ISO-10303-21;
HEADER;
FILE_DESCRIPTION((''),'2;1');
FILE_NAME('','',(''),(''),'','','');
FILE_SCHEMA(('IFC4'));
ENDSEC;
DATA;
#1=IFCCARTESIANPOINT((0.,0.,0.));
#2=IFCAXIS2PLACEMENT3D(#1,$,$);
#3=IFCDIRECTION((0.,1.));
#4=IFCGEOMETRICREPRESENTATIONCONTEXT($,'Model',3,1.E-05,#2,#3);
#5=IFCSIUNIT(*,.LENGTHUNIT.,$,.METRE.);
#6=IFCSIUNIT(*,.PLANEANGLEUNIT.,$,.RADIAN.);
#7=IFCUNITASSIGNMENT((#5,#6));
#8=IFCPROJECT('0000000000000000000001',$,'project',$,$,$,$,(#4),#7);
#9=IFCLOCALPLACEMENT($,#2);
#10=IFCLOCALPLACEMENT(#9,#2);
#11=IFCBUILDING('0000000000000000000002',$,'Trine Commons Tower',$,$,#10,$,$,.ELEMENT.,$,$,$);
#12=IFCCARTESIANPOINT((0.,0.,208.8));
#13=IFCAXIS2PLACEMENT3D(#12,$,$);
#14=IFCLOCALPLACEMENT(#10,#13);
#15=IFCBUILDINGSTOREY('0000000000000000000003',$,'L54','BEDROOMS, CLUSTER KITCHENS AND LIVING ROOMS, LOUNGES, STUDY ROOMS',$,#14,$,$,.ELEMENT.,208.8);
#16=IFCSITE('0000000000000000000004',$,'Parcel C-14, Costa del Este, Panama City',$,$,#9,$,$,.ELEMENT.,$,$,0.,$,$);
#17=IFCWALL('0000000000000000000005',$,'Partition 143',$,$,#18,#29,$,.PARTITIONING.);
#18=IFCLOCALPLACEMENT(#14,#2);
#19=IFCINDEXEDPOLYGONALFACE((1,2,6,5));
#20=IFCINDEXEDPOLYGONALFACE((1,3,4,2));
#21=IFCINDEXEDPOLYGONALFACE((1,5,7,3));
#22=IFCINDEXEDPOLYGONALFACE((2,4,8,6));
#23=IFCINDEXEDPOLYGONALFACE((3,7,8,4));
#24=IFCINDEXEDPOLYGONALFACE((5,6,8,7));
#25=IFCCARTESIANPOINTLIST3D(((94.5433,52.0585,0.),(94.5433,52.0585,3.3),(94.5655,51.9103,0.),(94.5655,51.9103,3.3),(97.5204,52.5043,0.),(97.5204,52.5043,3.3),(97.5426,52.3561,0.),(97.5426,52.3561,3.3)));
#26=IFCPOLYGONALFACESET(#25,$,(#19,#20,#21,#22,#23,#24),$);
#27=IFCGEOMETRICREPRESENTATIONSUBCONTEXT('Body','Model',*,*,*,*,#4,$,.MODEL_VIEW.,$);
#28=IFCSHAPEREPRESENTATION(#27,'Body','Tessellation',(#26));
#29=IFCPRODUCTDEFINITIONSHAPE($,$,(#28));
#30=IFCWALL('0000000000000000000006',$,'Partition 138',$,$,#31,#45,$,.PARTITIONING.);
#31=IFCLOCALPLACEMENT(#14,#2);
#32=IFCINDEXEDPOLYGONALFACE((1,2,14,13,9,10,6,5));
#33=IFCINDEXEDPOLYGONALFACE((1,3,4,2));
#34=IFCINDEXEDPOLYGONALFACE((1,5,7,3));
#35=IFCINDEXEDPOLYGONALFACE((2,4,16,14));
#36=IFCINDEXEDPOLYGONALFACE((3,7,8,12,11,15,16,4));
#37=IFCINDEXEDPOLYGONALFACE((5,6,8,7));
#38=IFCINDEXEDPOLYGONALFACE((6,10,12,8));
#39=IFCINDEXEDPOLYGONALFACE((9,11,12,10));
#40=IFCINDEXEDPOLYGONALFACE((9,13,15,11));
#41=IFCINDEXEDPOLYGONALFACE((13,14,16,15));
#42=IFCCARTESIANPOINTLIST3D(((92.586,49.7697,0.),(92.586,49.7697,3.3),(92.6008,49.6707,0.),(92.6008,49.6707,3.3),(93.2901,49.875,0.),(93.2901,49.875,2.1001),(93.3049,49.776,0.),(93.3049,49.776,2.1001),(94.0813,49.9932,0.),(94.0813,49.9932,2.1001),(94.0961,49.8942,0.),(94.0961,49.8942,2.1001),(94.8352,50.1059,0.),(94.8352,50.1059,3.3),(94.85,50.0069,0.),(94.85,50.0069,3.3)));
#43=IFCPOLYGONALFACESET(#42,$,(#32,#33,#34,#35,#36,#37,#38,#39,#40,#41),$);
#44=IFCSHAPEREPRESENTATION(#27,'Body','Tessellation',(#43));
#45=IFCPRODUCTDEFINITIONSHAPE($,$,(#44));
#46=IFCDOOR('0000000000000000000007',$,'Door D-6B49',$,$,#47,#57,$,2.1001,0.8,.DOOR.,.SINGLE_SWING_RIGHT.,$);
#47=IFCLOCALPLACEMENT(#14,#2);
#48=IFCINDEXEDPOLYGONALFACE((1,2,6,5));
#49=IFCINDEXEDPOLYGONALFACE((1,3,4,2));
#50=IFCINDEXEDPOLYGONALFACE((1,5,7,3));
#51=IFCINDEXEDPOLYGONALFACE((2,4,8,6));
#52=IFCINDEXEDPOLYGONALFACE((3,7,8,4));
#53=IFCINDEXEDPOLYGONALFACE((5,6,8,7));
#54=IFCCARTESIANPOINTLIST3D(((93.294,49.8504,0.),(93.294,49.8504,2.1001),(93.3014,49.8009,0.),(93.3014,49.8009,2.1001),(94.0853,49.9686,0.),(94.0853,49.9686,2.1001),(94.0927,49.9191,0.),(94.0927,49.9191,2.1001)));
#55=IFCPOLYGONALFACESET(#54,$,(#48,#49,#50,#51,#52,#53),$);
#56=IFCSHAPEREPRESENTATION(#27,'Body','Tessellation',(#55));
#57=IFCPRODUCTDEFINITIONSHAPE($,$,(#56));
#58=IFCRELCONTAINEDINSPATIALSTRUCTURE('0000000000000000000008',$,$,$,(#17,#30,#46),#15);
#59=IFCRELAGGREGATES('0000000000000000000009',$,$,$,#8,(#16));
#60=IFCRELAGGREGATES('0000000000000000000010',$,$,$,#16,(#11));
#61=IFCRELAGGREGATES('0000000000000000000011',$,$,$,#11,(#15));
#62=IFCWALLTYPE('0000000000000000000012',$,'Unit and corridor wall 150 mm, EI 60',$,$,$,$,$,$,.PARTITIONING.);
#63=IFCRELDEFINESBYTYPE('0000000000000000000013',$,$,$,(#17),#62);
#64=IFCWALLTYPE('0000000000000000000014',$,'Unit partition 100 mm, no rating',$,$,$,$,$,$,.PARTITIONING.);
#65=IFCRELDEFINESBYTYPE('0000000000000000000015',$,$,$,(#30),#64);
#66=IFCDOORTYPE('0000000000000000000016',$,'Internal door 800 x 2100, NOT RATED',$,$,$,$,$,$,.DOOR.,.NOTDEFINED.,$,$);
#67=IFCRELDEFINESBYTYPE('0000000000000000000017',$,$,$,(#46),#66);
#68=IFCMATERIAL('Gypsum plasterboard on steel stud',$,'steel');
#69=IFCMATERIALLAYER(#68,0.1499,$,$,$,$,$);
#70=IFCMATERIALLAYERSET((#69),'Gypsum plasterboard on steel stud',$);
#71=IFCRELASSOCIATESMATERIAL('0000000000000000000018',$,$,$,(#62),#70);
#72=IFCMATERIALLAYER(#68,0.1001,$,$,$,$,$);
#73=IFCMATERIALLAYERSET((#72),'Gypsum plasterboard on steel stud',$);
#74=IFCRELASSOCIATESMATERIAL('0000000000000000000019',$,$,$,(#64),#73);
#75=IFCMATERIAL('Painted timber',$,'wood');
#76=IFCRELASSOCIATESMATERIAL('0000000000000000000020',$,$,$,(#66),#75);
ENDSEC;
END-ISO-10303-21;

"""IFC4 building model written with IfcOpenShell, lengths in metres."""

from ifc_helpers import new_model, si_unit, direction, frame, frame_2d, origin, place, context, subcontext, project, spatial, rectangle, extrude, material, layer, layer_set, type_object, element, fill, save


model = new_model("IFC4")

# Units and contexts
model_context = context("Model", 3, precision=1e-05, world=origin(), true_north=direction((0.0, 1.0)))
body_context = subcontext(model_context, "Body", "Model", "MODEL_VIEW")
ifc_project = project(units=[si_unit("LENGTHUNIT", "METRE"), si_unit("PLANEANGLEUNIT", "RADIAN")], contexts=[model_context])

# Site, building, storey
site_placement = place(None, origin())
site = spatial("IfcSite", under=ifc_project, at=site_placement, Name="Parcel C-14, Costa del Este, Panama City", CompositionType="ELEMENT", RefElevation=0.0)
building_placement = place(site_placement, origin())
building = spatial("IfcBuilding", under=site, at=building_placement, Name="Trine Commons Tower", CompositionType="ELEMENT")
storey_placement = place(building_placement, frame((0.0, 0.0, 208.8)))
storey = spatial("IfcBuildingStorey", under=building, at=storey_placement, Name="L54", Description="BEDROOMS, CLUSTER KITCHENS AND LIVING ROOMS, LOUNGES, STUDY ROOMS", CompositionType="ELEMENT", Elevation=208.8)

# Shared definitions
ifc_material_1 = material(Name="Gypsum plasterboard on steel stud", Category="steel")
ifc_layer_1 = layer(ifc_material_1, 0.1499)
ifc_layer_set_1 = layer_set([ifc_layer_1], Name="Gypsum plasterboard on steel stud")
wall_type_1 = type_object("IfcWallType", Name="Unit and corridor wall 150 mm, EI 60", PredefinedType="PARTITIONING", material=ifc_layer_set_1)

# Wall
wall_1_placement = place(storey_placement, frame((94.5544, 51.9844, 0.0), z_axis=(0.0, 0.0, 1.0), x_axis=(0.988973, 0.148095, 0.0)))
element("IfcWall", 1, at=wall_1_placement, inside=storey, type_object=wall_type_1, Name="Partition 143", PredefinedType="PARTITIONING", context=body_context, shape_type="SweptSolid", body=[
    extrude(rectangle(XDim=3.0103, YDim=0.1499, at=frame_2d((1.5051, 0.0))), origin(), (0.0, 0.0, 1.0), 3.3),
])

# Wall, opening, door
ifc_layer_2 = layer(ifc_material_1, 0.1001)
ifc_layer_set_2 = layer_set([ifc_layer_2], Name="Gypsum plasterboard on steel stud")
wall_type_2 = type_object("IfcWallType", Name="Unit partition 100 mm, no rating", PredefinedType="PARTITIONING", material=ifc_layer_set_2)
wall_2_placement = place(storey_placement, frame((92.5933, 49.7202, 0.0), z_axis=(0.0, 0.0, 1.0), x_axis=(0.989014, 0.147821, 0.0)))
wall_2 = element("IfcWall", 2, at=wall_2_placement, inside=storey, type_object=wall_type_2, Name="Partition 138", PredefinedType="PARTITIONING", context=body_context, shape_type="SweptSolid", body=[
    extrude(rectangle(XDim=2.2742, YDim=0.1001, at=frame_2d((1.1372, 0.0))), origin(), (0.0, 0.0, 1.0), 3.3),
])
opening_1_placement = place(wall_2_placement, frame((0.7122, 0.0, 0.0)))
opening_1 = element("IfcOpeningElement", 3, at=opening_1_placement, cuts=wall_2, PredefinedType="OPENING", context=body_context, shape_type="SweptSolid", body=[
    extrude(rectangle(XDim=0.8, YDim=2.1001, at=frame_2d((0.3999, 1.05))), frame((0.0, 0.0601, 0.0), z_axis=(0.0, -1.0, 0.0), x_axis=(1.0, 0.0, 0.0)), (0.0, 0.0, 1.0), 0.1201),
])
ifc_material_2 = material(Name="Painted timber", Category="wood")
door_type_1 = type_object("IfcDoorType", Name="Internal door 800 x 2100, NOT RATED", OperationType="NOTDEFINED", PredefinedType="DOOR", material=ifc_material_2)
door_1_placement = place(opening_1_placement, frame((0.8, 0.0, 0.0), z_axis=(0.0, 0.0, 1.0), x_axis=(-1.0, 0.0, 0.0)))
door_1 = element("IfcDoor", 4, at=door_1_placement, inside=storey, type_object=door_type_1, Name="Door D-6B49", OperationType="SINGLE_SWING_RIGHT", OverallHeight=2.1001, OverallWidth=0.8, PredefinedType="DOOR", context=body_context, shape_type="SweptSolid", body=[
    extrude(rectangle(XDim=0.8, YDim=2.1001, at=frame_2d((0.3999, 1.05))), frame((0.0, 0.0249, 0.0), z_axis=(0.0, -1.0, 0.0), x_axis=(1.0, 0.0, 0.0)), (0.0, 0.0, 1.0), 0.05),
])
fill(opening_1, door_1)

save(model, "model.ifc")
